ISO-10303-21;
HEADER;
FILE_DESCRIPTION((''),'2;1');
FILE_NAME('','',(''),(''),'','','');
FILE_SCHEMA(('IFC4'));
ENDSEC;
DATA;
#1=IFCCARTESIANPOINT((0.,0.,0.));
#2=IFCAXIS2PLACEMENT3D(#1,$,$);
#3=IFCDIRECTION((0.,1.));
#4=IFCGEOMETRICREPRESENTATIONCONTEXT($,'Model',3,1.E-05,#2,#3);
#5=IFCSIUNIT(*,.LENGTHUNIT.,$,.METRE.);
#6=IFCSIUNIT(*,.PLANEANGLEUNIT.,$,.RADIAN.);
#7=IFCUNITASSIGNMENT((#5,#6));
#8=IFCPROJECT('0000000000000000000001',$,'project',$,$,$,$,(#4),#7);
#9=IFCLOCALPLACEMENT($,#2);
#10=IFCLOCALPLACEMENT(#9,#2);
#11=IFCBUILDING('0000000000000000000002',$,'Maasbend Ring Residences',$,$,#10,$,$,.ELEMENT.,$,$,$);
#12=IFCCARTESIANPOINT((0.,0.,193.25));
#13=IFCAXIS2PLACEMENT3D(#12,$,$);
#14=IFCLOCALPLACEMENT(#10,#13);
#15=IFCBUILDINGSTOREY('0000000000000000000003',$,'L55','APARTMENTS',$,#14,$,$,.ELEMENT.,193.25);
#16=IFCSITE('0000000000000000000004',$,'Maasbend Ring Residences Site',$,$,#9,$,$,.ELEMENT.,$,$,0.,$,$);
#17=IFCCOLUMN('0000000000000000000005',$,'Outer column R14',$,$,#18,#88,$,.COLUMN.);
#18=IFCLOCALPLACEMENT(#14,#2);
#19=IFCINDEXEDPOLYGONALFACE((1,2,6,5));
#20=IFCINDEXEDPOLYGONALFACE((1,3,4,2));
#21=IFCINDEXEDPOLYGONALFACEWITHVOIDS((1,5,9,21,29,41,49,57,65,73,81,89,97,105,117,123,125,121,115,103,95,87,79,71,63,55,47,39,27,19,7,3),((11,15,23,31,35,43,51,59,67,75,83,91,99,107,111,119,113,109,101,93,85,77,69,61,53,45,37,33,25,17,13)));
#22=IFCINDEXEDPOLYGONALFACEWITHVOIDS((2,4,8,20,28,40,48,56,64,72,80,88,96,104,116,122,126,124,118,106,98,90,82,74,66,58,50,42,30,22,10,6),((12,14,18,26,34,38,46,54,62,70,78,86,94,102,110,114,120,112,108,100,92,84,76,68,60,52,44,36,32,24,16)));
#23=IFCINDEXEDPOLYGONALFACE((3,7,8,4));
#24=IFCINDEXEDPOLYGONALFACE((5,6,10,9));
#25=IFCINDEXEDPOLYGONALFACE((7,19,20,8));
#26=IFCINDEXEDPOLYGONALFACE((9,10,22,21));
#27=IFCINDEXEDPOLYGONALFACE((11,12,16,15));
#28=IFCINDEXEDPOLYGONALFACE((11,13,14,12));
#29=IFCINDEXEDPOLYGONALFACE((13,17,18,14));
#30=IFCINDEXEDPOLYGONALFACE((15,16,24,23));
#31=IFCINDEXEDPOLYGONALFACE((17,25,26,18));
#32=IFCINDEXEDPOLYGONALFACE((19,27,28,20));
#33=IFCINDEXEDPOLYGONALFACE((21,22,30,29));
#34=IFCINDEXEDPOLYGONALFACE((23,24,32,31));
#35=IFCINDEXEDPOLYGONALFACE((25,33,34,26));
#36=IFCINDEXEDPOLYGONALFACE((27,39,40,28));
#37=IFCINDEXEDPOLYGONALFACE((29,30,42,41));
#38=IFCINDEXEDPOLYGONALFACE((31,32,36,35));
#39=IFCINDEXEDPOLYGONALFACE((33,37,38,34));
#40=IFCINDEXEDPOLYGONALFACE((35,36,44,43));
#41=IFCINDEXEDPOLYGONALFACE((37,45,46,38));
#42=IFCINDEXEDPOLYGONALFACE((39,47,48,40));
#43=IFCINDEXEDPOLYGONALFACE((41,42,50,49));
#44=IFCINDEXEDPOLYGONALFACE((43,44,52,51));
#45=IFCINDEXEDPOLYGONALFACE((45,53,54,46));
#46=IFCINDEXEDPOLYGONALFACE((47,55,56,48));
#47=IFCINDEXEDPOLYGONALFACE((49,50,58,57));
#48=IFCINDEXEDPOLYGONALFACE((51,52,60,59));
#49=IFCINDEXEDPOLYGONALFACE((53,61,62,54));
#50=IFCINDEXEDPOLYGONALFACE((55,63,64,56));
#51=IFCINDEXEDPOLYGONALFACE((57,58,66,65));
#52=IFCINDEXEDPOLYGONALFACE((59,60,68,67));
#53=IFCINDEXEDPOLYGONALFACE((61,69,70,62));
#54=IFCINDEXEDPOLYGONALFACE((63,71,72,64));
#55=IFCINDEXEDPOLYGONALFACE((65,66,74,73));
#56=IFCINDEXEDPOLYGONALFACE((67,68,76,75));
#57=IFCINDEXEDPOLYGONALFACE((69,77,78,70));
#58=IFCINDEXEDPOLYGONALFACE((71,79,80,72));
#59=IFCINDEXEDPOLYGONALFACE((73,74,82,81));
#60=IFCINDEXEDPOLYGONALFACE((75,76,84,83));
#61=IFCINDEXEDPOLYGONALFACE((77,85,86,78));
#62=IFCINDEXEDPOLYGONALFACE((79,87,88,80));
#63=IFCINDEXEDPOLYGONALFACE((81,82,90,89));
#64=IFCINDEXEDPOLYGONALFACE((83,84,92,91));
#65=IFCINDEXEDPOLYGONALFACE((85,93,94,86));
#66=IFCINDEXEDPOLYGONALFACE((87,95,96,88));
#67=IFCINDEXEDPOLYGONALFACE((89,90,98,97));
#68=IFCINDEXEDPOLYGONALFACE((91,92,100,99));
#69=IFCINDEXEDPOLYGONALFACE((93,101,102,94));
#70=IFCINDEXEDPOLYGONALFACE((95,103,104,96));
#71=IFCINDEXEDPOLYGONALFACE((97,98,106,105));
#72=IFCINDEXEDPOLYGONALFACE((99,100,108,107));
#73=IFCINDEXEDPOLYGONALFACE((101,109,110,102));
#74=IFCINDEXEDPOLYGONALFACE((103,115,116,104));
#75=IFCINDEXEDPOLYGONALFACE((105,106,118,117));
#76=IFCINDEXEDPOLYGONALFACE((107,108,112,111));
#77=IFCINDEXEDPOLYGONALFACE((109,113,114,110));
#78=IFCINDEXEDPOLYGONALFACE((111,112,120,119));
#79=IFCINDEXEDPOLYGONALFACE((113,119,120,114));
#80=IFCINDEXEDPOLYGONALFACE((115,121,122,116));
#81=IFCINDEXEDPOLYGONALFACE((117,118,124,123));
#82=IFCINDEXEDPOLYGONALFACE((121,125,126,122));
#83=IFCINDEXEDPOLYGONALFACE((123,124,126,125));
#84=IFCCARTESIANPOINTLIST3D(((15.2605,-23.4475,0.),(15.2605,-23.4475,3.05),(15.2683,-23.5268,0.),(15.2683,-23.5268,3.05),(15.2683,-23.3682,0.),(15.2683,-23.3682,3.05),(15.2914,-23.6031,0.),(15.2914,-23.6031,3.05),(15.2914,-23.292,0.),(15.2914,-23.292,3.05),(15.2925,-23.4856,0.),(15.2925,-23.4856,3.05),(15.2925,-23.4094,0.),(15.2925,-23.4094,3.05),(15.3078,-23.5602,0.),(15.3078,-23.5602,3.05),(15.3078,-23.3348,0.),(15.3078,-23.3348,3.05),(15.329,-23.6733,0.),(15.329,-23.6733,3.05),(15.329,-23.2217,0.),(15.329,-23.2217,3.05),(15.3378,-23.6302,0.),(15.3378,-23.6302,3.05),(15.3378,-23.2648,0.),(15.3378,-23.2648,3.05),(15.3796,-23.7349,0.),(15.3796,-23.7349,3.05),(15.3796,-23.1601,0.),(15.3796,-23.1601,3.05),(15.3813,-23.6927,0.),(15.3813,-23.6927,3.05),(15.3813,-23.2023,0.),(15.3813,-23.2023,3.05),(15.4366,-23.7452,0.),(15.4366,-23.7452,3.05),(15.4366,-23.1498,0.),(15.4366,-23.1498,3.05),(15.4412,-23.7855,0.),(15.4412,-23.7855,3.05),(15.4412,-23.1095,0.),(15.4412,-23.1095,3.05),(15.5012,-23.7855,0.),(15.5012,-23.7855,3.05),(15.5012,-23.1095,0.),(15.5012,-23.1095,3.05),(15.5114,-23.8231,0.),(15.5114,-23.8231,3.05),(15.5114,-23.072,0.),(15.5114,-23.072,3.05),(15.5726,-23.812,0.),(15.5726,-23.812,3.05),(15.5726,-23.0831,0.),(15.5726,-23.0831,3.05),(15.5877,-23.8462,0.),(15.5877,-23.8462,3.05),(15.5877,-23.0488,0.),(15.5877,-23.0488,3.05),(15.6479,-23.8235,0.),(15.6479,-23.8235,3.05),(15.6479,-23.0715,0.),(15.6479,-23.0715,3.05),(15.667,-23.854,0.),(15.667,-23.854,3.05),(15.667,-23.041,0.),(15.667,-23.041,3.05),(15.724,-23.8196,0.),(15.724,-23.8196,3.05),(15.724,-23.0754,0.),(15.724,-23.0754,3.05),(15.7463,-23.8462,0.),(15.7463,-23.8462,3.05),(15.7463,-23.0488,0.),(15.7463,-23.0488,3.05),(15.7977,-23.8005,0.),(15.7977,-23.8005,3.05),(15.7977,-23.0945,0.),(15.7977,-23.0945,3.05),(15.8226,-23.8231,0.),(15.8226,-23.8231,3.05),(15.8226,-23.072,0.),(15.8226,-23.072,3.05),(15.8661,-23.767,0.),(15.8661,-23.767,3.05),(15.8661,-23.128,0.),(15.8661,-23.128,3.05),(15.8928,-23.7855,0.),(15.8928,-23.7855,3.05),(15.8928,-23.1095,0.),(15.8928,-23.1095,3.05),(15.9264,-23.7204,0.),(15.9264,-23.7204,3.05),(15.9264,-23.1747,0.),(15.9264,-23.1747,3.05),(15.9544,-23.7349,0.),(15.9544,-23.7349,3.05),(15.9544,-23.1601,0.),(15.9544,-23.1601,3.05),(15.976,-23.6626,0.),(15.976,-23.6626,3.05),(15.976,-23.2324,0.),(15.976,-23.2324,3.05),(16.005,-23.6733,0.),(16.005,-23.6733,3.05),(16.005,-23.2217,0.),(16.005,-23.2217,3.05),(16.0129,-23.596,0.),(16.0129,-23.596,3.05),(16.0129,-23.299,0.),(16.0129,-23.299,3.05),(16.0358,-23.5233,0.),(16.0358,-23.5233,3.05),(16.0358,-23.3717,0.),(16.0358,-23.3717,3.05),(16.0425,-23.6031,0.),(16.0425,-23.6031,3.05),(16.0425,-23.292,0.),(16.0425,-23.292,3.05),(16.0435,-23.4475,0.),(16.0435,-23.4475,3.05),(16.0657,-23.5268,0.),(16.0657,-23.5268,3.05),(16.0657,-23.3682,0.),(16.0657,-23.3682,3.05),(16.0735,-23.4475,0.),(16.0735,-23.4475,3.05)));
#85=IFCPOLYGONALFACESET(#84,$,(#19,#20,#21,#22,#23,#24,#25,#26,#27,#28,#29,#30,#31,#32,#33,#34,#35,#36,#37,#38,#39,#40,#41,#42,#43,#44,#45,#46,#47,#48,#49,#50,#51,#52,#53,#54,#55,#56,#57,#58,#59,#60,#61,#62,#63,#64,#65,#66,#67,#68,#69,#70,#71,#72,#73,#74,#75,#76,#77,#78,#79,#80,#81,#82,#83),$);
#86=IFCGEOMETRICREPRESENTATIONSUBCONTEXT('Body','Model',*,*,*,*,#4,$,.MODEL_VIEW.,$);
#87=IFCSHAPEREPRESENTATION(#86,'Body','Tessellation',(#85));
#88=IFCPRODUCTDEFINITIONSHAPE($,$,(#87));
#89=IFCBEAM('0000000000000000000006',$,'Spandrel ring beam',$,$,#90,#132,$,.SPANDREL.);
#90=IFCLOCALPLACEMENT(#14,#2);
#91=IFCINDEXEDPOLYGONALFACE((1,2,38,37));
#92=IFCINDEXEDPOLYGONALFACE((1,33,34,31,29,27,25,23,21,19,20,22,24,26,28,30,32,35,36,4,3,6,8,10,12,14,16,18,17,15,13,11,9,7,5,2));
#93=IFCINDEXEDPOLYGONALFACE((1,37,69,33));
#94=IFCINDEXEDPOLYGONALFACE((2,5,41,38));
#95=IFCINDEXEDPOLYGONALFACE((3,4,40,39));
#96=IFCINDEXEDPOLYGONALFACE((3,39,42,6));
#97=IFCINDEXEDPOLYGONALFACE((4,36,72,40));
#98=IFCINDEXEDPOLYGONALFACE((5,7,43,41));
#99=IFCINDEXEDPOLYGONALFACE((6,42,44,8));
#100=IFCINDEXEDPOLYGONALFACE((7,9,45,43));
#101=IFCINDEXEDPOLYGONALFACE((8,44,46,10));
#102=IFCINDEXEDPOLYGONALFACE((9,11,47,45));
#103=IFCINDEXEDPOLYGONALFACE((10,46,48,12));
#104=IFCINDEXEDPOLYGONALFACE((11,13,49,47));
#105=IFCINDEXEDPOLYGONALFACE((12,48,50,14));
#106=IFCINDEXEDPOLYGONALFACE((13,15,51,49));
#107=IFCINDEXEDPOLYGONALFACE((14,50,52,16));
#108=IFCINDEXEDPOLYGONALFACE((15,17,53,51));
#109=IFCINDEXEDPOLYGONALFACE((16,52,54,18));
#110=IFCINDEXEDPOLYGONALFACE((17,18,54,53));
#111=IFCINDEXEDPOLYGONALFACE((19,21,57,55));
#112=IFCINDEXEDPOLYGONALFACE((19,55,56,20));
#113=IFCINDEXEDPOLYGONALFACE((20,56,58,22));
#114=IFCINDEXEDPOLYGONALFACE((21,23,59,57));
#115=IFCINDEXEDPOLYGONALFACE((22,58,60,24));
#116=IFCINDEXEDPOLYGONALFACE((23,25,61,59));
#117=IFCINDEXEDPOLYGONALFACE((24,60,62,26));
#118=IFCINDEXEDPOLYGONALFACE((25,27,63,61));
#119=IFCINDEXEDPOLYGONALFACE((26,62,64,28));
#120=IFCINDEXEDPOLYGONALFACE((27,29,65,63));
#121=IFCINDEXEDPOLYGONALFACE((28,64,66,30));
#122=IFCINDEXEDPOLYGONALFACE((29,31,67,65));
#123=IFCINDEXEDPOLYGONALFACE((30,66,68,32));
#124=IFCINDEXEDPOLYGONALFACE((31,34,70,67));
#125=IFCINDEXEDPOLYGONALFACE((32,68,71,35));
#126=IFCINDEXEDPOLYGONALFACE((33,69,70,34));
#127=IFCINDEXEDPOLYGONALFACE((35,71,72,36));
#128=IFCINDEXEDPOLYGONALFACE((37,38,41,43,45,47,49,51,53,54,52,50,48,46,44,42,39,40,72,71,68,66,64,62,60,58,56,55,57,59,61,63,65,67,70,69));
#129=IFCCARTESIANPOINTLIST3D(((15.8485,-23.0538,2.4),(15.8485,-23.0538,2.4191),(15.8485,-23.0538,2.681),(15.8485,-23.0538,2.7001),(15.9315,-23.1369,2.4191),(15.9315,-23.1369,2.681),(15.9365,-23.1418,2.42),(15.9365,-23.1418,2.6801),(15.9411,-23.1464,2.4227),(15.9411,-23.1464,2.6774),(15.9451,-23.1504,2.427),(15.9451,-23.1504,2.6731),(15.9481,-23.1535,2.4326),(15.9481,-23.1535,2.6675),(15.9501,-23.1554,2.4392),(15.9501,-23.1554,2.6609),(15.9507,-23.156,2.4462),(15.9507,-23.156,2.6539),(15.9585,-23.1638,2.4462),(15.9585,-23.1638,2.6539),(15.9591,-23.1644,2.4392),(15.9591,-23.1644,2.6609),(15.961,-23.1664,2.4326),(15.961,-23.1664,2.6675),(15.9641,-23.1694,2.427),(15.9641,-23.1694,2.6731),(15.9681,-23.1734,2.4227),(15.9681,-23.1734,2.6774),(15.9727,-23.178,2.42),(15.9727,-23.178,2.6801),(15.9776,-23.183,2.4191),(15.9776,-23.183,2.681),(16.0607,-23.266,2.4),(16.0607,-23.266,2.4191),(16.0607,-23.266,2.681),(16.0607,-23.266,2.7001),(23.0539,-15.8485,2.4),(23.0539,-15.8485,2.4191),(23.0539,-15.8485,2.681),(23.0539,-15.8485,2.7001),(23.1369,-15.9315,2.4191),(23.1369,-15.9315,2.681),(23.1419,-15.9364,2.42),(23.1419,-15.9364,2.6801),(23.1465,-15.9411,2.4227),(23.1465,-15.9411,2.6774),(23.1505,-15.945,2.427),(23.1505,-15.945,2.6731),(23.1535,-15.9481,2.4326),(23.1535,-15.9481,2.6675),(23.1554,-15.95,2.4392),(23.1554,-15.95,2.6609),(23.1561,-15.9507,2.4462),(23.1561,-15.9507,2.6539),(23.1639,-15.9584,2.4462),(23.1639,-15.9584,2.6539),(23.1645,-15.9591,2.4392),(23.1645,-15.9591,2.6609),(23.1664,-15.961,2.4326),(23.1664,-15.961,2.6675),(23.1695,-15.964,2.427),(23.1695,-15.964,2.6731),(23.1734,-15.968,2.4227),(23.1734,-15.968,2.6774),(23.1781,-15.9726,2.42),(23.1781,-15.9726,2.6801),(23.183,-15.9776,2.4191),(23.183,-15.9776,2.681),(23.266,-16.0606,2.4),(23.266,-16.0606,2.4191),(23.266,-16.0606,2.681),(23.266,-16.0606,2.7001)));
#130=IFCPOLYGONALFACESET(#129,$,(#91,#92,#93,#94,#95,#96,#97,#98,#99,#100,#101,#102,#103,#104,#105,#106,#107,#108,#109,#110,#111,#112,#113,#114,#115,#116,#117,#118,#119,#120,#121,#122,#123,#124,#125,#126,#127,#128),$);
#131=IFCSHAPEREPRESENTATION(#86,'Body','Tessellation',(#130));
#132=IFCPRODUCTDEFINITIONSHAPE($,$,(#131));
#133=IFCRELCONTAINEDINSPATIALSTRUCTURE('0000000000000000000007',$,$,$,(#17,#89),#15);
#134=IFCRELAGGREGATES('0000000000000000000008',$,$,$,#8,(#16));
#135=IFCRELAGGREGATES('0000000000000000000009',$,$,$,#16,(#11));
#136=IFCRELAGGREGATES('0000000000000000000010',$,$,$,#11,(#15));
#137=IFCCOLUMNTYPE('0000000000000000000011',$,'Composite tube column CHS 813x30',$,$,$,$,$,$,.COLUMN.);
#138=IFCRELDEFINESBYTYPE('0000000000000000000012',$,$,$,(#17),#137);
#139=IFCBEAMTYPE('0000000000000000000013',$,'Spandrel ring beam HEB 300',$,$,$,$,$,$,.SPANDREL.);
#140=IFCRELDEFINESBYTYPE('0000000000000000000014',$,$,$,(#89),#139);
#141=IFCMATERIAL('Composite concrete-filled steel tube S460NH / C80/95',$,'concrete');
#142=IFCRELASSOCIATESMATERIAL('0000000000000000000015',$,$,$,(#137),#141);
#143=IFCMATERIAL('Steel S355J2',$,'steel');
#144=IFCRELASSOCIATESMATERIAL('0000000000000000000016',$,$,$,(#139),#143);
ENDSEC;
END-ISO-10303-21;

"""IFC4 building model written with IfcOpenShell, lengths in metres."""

from ifc_helpers import new_model, si_unit, direction, frame, origin, origin_2d, place, context, subcontext, project, spatial, hollow_circle, i_section, extrude, material, material_profile, profile_set, type_object, element, save


model = new_model("IFC4")

# Units and contexts
model_context = context("Model", 3, precision=1e-05, world=origin(), true_north=direction((0.0, 1.0)))
body_context = subcontext(model_context, "Body", "Model", "MODEL_VIEW")
ifc_project = project(units=[si_unit("LENGTHUNIT", "METRE"), si_unit("PLANEANGLEUNIT", "RADIAN")], contexts=[model_context])

# Site, building, storey
site_placement = place(None, origin())
site = spatial("IfcSite", under=ifc_project, at=site_placement, Name="Maasbend Ring Residences Site", CompositionType="ELEMENT", RefElevation=0.0)
building_placement = place(site_placement, origin())
building = spatial("IfcBuilding", under=site, at=building_placement, Name="Maasbend Ring Residences", CompositionType="ELEMENT")
storey_placement = place(building_placement, frame((0.0, 0.0, 193.25)))
storey = spatial("IfcBuildingStorey", under=building, at=storey_placement, Name="L55", Description="APARTMENTS", CompositionType="ELEMENT", Elevation=193.25)

# Column
ifc_material_1 = material(Name="Composite concrete-filled steel tube S460NH / C80/95", Category="concrete")
ifc_material_profile_1 = material_profile(ifc_material_1, hollow_circle(Radius=0.4065, WallThickness=0.03, at=origin_2d()), Name="Composite tube column CHS 813x30")
ifc_profile_set_1 = profile_set([ifc_material_profile_1], Name="Composite concrete-filled steel tube S460NH / C80/95")
column_type = type_object("IfcColumnType", Name="Composite tube column CHS 813x30", PredefinedType="COLUMN", material=ifc_profile_set_1)
column_placement = place(storey_placement, frame((15.667, -23.4475, 0.0), z_axis=(0.0, 0.0, 1.0), x_axis=(1.0, 0.0, 0.0)))
element("IfcColumn", 1, at=column_placement, inside=storey, type_object=column_type, Name="Outer column R14", PredefinedType="COLUMN", context=body_context, shape_type="SweptSolid", body=[
    extrude(hollow_circle(Radius=0.4065, WallThickness=0.03, at=origin_2d()), origin(), (0.0, 0.0, 1.0), 3.05),
])

# Beam
ifc_material_2 = material(Name="Steel S355J2", Category="steel")
ifc_material_profile_2 = material_profile(ifc_material_2, i_section(OverallWidth=0.3, OverallDepth=0.3, WebThickness=0.011, FlangeThickness=0.019, FilletRadius=0.0271, at=origin_2d()), Name="HEB 300")
ifc_profile_set_2 = profile_set([ifc_material_profile_2], Name="Steel S355J2")
beam_type = type_object("IfcBeamType", Name="Spandrel ring beam HEB 300", PredefinedType="SPANDREL", material=ifc_profile_set_2)
beam_placement = place(storey_placement, frame((15.9546, -23.1599, 2.55), z_axis=(0.707107, 0.707107, 0.0), x_axis=(-0.707107, 0.707107, 0.0)))
element("IfcBeam", 2, at=beam_placement, inside=storey, type_object=beam_type, Name="Spandrel ring beam", PredefinedType="SPANDREL", context=body_context, shape_type="SweptSolid", body=[
    extrude(i_section(OverallWidth=0.3, OverallDepth=0.3, WebThickness=0.011, FlangeThickness=0.019, FilletRadius=0.0271, at=origin_2d()), origin(), (0.0, 0.0, 1.0), 10.1899),
])

save(model, "model.ifc")
